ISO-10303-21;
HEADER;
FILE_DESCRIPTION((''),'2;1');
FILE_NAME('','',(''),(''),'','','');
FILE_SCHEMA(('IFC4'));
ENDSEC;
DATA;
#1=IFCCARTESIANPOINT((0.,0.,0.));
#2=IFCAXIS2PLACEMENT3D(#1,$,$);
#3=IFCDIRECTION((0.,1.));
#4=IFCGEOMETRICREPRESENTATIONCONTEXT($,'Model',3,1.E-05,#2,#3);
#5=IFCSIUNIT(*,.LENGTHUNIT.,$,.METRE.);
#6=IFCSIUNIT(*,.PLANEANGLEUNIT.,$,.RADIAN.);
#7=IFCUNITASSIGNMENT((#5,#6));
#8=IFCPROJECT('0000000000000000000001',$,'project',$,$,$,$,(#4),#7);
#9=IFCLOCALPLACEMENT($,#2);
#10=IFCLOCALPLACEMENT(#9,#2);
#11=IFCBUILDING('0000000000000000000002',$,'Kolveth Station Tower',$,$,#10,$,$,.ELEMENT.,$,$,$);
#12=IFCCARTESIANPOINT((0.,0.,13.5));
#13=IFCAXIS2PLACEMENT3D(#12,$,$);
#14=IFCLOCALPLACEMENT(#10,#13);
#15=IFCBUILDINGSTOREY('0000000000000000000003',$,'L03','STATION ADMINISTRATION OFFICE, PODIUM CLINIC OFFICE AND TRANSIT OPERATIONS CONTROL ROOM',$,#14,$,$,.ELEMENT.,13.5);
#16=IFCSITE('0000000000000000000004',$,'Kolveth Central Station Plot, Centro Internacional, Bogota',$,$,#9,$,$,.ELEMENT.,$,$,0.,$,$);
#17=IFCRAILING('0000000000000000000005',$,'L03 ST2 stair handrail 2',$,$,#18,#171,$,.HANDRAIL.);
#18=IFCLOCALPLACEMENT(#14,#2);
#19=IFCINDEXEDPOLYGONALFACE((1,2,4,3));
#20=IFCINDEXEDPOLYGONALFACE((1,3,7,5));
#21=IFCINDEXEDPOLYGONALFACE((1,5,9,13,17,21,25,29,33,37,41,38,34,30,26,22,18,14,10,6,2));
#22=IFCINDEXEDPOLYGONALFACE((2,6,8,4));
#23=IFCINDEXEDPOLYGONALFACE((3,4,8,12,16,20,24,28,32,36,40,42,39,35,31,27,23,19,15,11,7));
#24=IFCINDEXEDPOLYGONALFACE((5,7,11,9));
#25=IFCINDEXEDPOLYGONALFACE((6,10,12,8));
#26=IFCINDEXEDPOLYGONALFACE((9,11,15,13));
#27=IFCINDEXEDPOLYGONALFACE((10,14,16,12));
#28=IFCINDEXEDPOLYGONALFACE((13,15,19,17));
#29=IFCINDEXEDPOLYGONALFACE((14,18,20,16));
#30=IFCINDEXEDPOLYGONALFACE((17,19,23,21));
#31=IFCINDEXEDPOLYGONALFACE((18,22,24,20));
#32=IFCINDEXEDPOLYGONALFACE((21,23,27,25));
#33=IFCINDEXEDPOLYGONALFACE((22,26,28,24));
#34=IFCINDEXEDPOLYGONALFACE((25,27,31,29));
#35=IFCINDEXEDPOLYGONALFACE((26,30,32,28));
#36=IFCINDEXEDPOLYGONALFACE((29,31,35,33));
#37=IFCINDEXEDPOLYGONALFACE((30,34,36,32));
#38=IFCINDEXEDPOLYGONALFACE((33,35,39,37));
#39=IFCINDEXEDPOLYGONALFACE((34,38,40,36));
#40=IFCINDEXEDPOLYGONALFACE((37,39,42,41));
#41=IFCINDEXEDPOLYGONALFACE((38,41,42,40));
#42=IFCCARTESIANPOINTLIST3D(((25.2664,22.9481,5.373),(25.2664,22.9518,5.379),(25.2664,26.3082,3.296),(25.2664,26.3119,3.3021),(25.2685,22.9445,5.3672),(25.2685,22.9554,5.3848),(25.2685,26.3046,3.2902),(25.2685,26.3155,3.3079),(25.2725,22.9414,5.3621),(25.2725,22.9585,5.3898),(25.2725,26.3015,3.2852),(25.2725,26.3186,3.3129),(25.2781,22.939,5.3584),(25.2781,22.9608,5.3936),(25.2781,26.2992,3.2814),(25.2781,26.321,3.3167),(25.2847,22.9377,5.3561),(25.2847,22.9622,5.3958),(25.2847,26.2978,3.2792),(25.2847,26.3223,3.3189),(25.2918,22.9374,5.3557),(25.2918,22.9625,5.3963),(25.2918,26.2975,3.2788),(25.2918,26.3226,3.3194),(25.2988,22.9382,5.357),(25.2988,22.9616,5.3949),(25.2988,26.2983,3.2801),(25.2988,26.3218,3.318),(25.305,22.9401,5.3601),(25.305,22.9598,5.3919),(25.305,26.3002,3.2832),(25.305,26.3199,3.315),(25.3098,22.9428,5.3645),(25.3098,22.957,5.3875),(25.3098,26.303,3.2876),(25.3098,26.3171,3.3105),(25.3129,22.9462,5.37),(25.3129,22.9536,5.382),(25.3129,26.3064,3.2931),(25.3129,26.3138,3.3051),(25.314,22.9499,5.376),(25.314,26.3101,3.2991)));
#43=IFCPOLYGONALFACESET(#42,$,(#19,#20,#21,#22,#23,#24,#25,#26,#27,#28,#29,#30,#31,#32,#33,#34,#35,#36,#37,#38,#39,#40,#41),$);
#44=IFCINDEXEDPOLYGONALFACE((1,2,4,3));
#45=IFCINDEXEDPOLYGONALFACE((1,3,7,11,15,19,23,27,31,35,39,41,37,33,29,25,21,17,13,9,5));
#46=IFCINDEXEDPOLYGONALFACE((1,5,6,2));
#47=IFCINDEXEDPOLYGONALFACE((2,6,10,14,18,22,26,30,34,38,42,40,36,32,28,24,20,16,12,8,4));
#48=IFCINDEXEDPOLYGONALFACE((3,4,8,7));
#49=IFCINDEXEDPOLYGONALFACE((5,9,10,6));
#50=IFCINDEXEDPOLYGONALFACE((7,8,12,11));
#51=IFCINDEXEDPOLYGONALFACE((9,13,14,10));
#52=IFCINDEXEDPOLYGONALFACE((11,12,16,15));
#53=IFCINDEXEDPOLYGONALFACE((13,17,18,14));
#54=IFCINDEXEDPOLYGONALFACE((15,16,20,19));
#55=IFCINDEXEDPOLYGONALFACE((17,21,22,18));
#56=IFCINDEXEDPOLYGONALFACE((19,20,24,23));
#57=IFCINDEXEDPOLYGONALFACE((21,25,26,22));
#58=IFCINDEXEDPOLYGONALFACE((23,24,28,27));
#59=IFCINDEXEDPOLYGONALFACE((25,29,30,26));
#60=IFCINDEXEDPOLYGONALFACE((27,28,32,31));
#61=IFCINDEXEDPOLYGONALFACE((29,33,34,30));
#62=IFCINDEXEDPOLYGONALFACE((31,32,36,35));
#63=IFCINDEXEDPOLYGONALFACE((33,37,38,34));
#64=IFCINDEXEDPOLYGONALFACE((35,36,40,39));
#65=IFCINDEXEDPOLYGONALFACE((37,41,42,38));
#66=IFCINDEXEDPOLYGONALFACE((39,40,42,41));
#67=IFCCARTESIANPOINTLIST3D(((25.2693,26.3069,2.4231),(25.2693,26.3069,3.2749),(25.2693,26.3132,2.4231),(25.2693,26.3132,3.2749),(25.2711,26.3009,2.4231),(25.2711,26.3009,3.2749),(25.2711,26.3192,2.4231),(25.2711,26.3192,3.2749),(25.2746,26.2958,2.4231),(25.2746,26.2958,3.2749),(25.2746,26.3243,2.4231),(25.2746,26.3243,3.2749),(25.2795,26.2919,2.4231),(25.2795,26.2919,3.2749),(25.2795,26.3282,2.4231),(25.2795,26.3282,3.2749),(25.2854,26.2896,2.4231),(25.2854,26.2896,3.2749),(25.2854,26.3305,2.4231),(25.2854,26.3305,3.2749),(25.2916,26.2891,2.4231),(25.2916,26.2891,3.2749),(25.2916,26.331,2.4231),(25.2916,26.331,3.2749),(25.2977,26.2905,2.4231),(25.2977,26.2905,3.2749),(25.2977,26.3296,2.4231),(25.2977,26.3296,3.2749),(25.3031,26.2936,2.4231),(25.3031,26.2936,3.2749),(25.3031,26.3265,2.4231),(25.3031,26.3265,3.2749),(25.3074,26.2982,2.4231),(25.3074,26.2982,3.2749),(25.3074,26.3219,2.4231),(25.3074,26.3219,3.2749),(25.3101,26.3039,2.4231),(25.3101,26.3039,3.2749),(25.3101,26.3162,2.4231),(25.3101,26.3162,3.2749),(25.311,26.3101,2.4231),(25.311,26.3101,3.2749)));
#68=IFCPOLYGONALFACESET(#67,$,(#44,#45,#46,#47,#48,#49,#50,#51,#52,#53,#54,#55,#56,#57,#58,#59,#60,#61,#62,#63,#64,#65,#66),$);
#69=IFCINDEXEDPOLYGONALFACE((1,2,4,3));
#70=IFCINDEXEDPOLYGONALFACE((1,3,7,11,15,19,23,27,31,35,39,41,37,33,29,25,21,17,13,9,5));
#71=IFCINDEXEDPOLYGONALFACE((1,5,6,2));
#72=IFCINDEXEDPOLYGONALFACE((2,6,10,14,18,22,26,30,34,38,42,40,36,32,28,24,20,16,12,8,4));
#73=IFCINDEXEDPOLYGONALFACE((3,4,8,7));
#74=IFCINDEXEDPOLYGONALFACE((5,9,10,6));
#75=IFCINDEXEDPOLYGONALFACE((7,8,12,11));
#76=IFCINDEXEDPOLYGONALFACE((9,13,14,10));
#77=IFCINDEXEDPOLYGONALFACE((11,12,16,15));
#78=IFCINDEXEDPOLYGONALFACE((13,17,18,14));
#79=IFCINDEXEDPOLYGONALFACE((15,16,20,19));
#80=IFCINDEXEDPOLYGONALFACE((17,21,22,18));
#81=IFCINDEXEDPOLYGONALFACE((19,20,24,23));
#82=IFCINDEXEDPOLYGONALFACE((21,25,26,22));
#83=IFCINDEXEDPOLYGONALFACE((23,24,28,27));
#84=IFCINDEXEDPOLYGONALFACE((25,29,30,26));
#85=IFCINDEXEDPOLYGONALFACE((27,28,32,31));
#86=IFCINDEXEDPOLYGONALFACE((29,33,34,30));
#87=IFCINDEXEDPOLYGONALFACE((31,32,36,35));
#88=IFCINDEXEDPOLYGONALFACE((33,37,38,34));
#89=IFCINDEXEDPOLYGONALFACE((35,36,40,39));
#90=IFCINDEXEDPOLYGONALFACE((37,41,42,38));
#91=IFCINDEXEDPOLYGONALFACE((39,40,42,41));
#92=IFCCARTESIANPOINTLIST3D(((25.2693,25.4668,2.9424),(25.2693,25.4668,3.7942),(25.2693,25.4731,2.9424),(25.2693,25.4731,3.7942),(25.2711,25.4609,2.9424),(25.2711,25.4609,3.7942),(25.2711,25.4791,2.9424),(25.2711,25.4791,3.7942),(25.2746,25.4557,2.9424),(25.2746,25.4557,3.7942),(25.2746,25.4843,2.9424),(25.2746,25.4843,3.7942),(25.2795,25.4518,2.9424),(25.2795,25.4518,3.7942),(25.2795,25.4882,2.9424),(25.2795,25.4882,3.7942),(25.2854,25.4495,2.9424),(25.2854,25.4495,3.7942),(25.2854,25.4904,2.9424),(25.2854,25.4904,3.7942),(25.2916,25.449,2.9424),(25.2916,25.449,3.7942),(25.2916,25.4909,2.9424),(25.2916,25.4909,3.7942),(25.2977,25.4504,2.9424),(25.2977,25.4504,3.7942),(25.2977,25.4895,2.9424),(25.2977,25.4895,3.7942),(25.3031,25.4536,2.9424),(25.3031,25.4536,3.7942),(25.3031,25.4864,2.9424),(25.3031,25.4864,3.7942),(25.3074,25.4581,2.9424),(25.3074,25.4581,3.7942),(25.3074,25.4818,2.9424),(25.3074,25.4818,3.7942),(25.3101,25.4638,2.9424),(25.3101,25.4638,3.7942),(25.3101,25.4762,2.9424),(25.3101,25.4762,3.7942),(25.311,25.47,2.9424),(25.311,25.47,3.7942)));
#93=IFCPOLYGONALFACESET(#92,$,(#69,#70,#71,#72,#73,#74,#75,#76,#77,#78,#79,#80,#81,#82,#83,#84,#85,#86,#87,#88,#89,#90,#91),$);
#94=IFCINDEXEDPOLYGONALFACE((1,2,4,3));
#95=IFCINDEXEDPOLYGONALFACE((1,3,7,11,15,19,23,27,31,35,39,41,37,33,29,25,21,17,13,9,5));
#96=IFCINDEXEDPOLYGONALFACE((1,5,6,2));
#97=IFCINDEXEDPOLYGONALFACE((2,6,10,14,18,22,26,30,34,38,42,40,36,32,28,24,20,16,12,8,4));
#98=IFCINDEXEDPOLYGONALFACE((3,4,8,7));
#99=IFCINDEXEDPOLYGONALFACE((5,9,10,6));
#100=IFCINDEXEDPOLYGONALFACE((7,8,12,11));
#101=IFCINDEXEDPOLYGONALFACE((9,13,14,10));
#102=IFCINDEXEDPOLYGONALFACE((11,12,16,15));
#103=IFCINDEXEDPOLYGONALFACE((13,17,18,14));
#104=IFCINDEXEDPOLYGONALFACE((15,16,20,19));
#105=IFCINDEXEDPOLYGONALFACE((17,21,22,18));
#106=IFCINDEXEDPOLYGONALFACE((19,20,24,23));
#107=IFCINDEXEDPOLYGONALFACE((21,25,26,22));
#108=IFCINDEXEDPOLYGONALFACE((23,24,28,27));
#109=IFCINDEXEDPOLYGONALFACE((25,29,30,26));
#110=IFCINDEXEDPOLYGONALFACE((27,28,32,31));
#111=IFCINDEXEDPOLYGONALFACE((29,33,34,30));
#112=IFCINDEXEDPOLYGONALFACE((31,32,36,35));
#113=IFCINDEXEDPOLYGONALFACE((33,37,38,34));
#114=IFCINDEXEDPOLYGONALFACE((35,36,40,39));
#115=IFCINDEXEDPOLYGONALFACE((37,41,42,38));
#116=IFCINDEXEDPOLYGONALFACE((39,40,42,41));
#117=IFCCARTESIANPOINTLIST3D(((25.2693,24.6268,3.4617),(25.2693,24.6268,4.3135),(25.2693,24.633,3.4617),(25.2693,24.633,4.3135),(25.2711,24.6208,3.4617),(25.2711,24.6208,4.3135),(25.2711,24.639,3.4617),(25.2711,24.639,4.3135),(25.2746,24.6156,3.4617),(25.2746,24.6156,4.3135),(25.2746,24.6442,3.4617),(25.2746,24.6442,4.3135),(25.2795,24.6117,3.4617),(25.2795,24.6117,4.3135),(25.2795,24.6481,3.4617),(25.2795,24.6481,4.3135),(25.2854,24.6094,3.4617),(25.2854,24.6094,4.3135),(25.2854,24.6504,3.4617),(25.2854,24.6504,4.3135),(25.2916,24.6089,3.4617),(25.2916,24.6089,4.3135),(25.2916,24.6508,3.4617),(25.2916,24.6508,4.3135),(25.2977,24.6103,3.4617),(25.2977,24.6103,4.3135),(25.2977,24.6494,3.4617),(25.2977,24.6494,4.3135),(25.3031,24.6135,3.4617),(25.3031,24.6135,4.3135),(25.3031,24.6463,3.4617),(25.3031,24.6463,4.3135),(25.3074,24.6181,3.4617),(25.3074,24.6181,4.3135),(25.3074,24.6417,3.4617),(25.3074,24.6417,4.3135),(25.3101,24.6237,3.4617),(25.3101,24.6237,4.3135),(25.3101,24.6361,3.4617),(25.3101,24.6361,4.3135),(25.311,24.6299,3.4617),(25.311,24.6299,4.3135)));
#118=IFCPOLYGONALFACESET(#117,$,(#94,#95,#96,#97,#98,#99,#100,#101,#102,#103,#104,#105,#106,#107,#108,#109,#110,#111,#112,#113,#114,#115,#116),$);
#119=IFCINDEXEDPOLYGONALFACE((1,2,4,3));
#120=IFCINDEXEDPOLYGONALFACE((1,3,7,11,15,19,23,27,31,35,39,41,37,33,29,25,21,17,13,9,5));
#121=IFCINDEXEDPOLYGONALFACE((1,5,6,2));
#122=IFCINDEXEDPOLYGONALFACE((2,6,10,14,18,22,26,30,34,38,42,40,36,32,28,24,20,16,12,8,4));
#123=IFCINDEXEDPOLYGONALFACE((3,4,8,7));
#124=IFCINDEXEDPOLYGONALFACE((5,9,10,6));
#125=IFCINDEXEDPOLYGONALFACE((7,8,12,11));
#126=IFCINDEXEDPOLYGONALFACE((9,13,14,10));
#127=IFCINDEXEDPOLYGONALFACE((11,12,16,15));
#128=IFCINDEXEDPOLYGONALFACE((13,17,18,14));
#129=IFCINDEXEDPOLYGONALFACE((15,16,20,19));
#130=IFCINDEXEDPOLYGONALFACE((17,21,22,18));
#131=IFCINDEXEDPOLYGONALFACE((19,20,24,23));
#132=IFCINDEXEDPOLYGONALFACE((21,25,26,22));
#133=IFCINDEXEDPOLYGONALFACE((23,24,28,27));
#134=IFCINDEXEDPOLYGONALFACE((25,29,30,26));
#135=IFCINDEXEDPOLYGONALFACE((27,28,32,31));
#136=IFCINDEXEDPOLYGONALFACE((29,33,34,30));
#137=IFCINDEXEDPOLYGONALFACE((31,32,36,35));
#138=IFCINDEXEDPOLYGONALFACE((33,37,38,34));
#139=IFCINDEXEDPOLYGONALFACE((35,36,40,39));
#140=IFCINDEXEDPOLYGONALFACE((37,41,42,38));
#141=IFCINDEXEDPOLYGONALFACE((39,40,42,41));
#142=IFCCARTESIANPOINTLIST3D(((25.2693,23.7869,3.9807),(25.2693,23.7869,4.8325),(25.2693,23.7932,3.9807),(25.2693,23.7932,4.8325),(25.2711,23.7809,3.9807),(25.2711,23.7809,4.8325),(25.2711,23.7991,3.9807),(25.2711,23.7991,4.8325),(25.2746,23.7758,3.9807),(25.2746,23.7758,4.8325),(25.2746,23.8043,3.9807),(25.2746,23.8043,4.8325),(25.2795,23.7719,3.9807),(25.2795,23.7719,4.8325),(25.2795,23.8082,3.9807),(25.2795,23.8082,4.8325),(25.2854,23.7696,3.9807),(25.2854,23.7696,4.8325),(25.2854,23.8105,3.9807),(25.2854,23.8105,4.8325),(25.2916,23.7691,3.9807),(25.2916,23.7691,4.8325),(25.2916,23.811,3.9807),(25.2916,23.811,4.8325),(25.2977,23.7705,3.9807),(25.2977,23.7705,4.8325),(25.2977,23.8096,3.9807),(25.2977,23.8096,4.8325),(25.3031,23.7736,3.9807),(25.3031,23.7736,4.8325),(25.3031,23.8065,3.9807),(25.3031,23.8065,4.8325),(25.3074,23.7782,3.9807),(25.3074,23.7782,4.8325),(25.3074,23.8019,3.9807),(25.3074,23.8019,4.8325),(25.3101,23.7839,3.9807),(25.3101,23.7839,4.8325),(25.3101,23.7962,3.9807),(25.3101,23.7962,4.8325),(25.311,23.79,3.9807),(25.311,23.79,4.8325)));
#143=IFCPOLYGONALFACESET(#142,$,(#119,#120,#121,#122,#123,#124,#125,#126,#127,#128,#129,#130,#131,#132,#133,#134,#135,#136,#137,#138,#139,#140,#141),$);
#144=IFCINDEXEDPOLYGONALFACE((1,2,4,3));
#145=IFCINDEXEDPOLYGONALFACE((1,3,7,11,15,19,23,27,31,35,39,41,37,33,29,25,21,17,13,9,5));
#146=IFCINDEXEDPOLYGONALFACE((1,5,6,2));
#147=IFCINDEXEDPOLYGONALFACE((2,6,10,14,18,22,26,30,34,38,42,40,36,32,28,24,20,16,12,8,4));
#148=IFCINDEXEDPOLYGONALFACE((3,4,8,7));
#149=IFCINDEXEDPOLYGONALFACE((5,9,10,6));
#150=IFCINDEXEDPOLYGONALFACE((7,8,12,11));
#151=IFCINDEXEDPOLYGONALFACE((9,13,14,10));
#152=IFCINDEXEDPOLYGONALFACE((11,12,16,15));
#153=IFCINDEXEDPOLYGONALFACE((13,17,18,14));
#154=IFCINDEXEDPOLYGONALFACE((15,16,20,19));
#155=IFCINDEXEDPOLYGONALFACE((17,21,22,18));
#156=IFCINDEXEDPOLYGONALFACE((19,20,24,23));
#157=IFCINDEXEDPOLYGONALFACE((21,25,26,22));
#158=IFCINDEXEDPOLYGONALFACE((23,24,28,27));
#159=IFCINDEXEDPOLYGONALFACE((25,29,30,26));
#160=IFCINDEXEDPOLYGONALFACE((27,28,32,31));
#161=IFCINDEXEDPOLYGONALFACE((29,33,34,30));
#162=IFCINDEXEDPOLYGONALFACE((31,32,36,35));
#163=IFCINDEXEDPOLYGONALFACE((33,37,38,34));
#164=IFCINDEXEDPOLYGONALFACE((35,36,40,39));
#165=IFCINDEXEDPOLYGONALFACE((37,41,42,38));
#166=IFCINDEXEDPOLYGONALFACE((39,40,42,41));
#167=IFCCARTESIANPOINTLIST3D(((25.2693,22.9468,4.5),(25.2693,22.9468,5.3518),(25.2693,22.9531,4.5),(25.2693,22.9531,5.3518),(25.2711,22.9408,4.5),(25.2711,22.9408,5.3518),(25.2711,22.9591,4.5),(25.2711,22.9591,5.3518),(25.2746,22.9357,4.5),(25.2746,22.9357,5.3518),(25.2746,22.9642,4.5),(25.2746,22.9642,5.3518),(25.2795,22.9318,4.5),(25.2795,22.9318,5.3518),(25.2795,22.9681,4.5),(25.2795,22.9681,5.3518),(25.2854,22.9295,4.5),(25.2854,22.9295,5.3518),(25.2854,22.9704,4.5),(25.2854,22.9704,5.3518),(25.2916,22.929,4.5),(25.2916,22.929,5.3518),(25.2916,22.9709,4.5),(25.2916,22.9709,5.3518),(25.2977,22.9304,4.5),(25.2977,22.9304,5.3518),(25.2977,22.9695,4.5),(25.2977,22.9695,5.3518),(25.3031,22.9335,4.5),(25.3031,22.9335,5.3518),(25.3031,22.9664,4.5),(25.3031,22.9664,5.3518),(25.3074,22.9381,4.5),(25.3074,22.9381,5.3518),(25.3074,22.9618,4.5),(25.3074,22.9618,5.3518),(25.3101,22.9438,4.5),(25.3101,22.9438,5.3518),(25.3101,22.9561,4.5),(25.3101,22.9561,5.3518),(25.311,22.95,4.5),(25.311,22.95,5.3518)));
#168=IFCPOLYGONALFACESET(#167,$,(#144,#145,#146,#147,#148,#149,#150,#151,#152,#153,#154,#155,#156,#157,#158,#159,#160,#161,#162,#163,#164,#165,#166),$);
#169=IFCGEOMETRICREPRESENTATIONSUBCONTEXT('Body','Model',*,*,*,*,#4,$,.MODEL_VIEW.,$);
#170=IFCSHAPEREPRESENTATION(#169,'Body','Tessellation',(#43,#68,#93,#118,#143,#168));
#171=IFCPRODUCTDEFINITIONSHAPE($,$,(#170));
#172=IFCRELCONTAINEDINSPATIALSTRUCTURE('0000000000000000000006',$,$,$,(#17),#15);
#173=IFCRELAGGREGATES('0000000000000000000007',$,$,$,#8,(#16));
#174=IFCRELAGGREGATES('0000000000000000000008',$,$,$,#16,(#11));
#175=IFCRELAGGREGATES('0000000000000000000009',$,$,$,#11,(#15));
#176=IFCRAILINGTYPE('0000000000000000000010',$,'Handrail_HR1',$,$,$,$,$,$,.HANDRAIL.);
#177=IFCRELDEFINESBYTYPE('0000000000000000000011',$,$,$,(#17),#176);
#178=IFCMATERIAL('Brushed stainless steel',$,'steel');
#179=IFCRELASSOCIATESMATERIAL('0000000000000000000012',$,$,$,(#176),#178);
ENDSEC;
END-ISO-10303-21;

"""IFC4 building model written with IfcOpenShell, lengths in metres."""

from ifc_helpers import new_model, si_unit, direction, frame, origin, origin_2d, place, context, subcontext, project, spatial, circle, extrude, material, type_object, element, save


model = new_model("IFC4")

# Units and contexts
model_context = context("Model", 3, precision=1e-05, world=origin(), true_north=direction((0.0, 1.0)))
body_context = subcontext(model_context, "Body", "Model", "MODEL_VIEW")
ifc_project = project(units=[si_unit("LENGTHUNIT", "METRE"), si_unit("PLANEANGLEUNIT", "RADIAN")], contexts=[model_context])

# Site, building, storey
site_placement = place(None, origin())
site = spatial("IfcSite", under=ifc_project, at=site_placement, Name="Kolveth Central Station Plot, Centro Internacional, Bogota", CompositionType="ELEMENT", RefElevation=0.0)
building_placement = place(site_placement, origin())
building = spatial("IfcBuilding", under=site, at=building_placement, Name="Kolveth Station Tower", CompositionType="ELEMENT")
storey_placement = place(building_placement, frame((0.0, 0.0, 13.5)))
storey = spatial("IfcBuildingStorey", under=building, at=storey_placement, Name="L03", Description="STATION ADMINISTRATION OFFICE, PODIUM CLINIC OFFICE AND TRANSIT OPERATIONS CONTROL ROOM", CompositionType="ELEMENT", Elevation=13.5)

# Railing
ifc_material_1 = material(Name="Brushed stainless steel", Category="steel")
railing_type_1 = type_object("IfcRailingType", Name="Handrail_HR1", PredefinedType="HANDRAIL", material=ifc_material_1)
railing_1_placement = place(storey_placement, frame((25.29, 26.3101, 2.4231)))
element("IfcRailing", 1, at=railing_1_placement, inside=storey, type_object=railing_type_1, Name="L03 ST2 stair handrail 2", PredefinedType="HANDRAIL", context=body_context, shape_type="SweptSolid", body=[
    extrude(circle(Radius=0.0239, at=origin_2d()), frame((0.0, 0.0, 0.876), z_axis=(0.0, -0.850623, 0.525776), x_axis=(1.0, 0.0, 0.0)), (0.0, 0.0, 1.0), 3.9502),
    extrude(circle(Radius=0.021, at=origin_2d()), origin(), (0.0, 0.0, 1.0), 0.8518),
    extrude(circle(Radius=0.021, at=origin_2d()), frame((0.0, -0.8401, 0.5193)), (0.0, 0.0, 1.0), 0.8518),
    extrude(circle(Radius=0.021, at=origin_2d()), frame((0.0, -1.6802, 1.0386)), (0.0, 0.0, 1.0), 0.8518),
    extrude(circle(Radius=0.021, at=origin_2d()), frame((0.0, -2.52, 1.5576)), (0.0, 0.0, 1.0), 0.8518),
    extrude(circle(Radius=0.021, at=origin_2d()), frame((0.0, -3.3601, 2.0769)), (0.0, 0.0, 1.0), 0.8518),
])

save(model, "model.ifc")
